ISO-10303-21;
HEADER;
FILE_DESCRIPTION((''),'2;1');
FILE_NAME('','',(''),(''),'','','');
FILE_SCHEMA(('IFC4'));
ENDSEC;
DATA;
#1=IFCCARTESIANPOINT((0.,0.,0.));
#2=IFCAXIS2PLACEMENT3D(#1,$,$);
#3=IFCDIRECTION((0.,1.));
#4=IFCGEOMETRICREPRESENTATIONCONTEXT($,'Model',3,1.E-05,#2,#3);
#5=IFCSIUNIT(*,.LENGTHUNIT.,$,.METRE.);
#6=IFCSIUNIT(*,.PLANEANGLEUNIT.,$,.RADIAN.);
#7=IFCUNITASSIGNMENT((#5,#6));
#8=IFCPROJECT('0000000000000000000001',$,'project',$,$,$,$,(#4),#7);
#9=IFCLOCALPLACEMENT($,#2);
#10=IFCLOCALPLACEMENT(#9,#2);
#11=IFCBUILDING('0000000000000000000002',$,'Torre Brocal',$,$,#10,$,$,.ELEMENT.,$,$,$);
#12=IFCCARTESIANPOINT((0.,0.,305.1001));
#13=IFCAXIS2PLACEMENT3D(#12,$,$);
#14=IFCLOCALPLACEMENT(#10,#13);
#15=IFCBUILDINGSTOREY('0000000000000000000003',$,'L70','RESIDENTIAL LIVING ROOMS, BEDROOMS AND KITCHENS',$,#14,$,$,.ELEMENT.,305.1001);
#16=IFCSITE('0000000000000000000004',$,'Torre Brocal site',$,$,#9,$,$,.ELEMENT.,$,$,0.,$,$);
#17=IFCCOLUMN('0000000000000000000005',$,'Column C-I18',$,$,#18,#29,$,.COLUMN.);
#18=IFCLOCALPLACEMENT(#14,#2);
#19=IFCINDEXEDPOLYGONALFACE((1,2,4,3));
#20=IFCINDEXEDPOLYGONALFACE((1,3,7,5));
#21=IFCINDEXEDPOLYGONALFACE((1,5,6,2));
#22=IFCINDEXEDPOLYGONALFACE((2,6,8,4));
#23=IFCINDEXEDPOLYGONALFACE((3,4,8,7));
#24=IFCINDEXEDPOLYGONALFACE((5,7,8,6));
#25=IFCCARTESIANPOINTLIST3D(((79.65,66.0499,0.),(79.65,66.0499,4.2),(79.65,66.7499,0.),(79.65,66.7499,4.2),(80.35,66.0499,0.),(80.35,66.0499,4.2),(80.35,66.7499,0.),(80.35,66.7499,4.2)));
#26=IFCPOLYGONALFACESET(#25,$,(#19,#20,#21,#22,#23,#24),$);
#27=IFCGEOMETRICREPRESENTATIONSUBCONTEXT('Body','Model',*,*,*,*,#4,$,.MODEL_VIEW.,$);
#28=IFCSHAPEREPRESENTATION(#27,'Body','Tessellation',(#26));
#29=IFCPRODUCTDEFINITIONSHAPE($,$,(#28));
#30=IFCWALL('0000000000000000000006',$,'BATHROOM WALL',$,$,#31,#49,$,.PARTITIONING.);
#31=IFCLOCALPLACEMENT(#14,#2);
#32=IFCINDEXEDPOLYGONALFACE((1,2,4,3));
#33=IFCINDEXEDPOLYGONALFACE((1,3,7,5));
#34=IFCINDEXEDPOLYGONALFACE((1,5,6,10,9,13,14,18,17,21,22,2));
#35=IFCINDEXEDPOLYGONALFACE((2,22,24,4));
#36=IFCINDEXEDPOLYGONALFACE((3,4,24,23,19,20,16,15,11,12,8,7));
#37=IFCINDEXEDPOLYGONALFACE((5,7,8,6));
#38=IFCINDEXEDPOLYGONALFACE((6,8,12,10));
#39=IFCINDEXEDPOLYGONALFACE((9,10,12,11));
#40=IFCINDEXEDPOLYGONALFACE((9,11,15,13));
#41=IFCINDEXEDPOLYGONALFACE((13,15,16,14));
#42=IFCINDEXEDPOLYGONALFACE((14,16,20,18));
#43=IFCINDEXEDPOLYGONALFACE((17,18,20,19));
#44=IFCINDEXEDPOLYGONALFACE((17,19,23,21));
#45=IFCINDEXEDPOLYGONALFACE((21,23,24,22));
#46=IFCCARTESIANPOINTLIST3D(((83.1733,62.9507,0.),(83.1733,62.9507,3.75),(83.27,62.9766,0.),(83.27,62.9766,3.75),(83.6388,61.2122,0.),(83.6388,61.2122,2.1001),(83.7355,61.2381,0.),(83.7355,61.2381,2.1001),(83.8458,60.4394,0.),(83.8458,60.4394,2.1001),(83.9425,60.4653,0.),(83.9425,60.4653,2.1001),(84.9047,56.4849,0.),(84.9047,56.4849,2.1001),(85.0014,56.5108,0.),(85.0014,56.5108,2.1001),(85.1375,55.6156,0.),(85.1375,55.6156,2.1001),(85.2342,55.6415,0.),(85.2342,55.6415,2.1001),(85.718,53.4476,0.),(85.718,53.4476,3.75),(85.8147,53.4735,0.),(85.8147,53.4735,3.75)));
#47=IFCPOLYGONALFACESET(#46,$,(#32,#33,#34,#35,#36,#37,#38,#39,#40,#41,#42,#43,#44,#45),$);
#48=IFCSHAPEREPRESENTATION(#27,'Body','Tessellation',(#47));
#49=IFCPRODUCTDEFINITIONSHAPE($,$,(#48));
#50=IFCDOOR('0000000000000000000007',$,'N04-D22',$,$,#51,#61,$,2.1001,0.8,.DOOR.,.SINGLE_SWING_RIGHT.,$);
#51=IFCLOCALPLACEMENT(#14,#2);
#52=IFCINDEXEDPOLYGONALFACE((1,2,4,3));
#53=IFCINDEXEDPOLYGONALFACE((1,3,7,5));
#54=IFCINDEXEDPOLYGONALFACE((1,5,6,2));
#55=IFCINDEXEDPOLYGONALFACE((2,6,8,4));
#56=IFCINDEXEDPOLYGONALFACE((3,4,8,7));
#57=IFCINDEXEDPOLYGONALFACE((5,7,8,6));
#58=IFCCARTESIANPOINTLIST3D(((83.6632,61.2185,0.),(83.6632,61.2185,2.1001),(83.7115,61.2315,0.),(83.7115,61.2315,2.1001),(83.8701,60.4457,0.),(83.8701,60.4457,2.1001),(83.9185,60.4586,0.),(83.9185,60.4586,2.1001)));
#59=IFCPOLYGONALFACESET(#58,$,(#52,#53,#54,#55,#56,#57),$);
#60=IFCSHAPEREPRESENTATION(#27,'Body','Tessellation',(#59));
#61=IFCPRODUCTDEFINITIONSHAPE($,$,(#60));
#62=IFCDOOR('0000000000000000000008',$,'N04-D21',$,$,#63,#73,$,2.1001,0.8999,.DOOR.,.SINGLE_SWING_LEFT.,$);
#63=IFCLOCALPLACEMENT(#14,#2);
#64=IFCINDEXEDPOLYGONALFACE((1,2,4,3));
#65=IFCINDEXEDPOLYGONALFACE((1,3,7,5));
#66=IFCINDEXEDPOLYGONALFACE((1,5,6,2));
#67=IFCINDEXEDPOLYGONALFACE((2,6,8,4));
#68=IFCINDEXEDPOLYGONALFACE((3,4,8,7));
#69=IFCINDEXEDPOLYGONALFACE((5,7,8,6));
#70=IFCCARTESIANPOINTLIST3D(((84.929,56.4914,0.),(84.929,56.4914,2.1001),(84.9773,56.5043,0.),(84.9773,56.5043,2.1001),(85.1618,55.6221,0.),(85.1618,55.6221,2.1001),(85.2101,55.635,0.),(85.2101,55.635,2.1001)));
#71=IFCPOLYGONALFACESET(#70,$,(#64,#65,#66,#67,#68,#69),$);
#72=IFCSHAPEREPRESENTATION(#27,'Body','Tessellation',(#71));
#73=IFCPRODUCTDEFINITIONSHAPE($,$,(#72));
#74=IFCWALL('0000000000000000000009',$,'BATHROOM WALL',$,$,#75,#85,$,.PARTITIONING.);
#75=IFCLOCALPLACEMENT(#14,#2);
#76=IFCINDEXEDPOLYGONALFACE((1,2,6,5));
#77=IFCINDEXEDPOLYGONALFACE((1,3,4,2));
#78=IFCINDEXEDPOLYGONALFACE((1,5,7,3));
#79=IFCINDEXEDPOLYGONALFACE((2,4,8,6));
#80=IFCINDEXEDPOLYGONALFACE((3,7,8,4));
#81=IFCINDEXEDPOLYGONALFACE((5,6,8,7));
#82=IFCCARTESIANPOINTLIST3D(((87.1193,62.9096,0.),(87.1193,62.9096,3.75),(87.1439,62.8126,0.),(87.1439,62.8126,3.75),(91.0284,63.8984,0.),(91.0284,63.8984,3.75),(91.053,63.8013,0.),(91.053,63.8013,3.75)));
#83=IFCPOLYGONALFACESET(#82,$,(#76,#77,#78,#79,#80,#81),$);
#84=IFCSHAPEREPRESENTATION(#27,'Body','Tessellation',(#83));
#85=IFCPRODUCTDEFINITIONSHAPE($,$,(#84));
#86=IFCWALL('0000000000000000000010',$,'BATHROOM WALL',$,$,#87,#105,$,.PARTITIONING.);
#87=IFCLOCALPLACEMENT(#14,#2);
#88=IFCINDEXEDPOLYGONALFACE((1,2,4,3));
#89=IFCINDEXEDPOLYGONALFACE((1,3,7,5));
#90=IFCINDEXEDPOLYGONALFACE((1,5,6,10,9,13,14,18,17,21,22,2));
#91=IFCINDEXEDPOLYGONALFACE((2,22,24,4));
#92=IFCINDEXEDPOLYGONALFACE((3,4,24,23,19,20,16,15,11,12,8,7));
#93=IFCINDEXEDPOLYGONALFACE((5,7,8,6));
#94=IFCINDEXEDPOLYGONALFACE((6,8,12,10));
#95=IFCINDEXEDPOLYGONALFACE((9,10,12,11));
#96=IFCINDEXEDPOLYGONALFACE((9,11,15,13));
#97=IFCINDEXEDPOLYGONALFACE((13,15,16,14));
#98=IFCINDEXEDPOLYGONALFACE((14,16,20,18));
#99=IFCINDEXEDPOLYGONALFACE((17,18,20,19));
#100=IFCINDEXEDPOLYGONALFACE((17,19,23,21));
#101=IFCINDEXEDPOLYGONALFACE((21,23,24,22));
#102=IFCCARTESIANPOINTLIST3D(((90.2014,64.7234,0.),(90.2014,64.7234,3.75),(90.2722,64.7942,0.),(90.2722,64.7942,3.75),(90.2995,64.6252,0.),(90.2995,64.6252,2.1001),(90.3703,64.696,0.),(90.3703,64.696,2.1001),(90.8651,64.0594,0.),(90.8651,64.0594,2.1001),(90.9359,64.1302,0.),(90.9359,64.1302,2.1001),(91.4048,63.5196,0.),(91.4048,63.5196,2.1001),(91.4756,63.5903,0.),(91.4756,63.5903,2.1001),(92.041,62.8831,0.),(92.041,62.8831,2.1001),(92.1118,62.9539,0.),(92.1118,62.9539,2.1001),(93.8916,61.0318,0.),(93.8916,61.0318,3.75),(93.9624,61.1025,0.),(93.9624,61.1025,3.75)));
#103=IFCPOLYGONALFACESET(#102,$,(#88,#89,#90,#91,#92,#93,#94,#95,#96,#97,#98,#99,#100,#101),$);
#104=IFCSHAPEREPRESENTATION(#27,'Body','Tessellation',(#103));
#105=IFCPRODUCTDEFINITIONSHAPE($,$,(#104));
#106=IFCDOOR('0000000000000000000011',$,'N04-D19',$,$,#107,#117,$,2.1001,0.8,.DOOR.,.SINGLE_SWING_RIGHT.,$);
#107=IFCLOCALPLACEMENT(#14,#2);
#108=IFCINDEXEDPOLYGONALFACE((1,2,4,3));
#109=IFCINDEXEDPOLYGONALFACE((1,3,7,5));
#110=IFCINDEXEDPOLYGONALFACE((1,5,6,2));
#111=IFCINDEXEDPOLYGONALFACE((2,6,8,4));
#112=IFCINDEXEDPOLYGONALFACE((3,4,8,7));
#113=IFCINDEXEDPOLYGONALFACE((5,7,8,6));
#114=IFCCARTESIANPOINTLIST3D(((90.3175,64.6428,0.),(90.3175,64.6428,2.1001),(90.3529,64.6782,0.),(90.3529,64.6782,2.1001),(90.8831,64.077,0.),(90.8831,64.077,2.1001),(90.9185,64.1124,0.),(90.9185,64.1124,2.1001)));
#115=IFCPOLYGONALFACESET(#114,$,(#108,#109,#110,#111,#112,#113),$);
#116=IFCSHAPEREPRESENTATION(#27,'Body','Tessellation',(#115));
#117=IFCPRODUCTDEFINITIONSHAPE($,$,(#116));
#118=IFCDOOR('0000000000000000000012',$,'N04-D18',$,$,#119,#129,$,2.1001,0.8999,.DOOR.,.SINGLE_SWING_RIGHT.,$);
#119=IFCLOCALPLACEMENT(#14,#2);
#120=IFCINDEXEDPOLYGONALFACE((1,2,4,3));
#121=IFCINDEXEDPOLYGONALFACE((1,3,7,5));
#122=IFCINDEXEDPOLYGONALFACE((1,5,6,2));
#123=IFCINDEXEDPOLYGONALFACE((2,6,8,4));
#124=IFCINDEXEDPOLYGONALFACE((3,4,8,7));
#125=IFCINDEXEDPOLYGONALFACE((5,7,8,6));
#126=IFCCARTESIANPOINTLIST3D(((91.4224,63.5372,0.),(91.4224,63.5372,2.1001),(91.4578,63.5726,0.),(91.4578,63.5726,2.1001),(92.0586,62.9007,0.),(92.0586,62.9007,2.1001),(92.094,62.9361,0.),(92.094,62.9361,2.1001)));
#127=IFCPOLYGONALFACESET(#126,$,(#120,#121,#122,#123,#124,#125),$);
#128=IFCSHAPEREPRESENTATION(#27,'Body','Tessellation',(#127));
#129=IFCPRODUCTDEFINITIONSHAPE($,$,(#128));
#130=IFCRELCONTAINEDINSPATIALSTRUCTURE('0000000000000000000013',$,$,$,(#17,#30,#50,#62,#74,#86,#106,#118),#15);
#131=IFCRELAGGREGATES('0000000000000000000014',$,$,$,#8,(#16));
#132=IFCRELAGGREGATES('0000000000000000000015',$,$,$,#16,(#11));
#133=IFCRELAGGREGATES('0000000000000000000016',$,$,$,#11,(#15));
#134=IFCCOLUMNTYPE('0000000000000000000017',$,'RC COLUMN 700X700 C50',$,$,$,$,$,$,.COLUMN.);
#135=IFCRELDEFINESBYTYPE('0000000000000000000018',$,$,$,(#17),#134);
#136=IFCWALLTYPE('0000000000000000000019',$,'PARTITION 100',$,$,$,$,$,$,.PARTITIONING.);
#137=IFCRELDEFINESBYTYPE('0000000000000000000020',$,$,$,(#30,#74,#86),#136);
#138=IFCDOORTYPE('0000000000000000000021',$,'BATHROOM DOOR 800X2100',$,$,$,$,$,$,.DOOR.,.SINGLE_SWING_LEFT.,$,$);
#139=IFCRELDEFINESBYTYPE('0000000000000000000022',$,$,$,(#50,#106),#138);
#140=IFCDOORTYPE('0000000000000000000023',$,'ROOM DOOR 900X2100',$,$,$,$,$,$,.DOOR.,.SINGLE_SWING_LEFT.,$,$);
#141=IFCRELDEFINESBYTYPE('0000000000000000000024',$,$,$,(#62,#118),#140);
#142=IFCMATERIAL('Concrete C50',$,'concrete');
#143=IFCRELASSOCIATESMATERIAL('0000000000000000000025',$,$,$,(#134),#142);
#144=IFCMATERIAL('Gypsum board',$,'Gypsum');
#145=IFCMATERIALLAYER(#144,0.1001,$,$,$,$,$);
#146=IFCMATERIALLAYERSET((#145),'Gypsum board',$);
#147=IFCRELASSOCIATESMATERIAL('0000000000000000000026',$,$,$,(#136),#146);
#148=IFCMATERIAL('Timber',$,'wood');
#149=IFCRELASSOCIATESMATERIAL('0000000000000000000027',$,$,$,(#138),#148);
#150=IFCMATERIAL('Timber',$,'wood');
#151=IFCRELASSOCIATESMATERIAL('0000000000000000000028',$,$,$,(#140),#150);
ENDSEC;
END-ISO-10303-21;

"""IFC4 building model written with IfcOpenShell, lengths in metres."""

from ifc_helpers import new_model, si_unit, direction, frame, frame_2d, origin, origin_2d, place, context, subcontext, project, spatial, rectangle, extrude, material, layer, layer_set, material_profile, profile_set, type_object, element, fill, save


model = new_model("IFC4")

# Units and contexts
model_context = context("Model", 3, precision=1e-05, world=origin(), true_north=direction((0.0, 1.0)))
body_context = subcontext(model_context, "Body", "Model", "MODEL_VIEW")
ifc_project = project(units=[si_unit("LENGTHUNIT", "METRE"), si_unit("PLANEANGLEUNIT", "RADIAN")], contexts=[model_context])

# Site, building, storey
site_placement = place(None, origin())
site = spatial("IfcSite", under=ifc_project, at=site_placement, Name="Torre Brocal site", CompositionType="ELEMENT", RefElevation=0.0)
building_placement = place(site_placement, origin())
building = spatial("IfcBuilding", under=site, at=building_placement, Name="Torre Brocal", CompositionType="ELEMENT")
storey_placement = place(building_placement, frame((0.0, 0.0, 305.1001)))
storey = spatial("IfcBuildingStorey", under=building, at=storey_placement, Name="L70", Description="RESIDENTIAL LIVING ROOMS, BEDROOMS AND KITCHENS", CompositionType="ELEMENT", Elevation=305.1001)

# Column
ifc_material_1 = material(Name="Concrete C50", Category="concrete")
ifc_material_profile = material_profile(ifc_material_1, rectangle(XDim=0.7, YDim=0.7, at=origin_2d()), Name="RC 700X700")
ifc_profile_set = profile_set([ifc_material_profile], Name="Concrete C50")
column_type = type_object("IfcColumnType", Name="RC COLUMN 700X700 C50", PredefinedType="COLUMN", material=ifc_profile_set)
column_placement = place(storey_placement, frame((80.0, 66.3999, 0.0), z_axis=(0.0, 0.0, 1.0), x_axis=(0.0, -1.0, 0.0)))
element("IfcColumn", 1, at=column_placement, inside=storey, type_object=column_type, Name="Column C-I18", PredefinedType="COLUMN", context=body_context, shape_type="SweptSolid", body=[
    extrude(rectangle(XDim=0.7, YDim=0.7, at=origin_2d()), origin(), (0.0, 0.0, 1.0), 4.2),
])

# Wall, openings, doors
ifc_material_2 = material(Name="Gypsum board", Category="Gypsum")
ifc_layer_1 = layer(ifc_material_2, 0.1001)
ifc_layer_set_1 = layer_set([ifc_layer_1], Name="Gypsum board")
wall_type_1 = type_object("IfcWallType", Name="PARTITION 100", PredefinedType="PARTITIONING", material=ifc_layer_set_1)
wall_1_placement = place(storey_placement, frame((83.2217, 62.9636, 0.0), z_axis=(0.0, 0.0, 1.0), x_axis=(0.258659, -0.965969, 0.0)))
wall_1 = element("IfcWall", 2, at=wall_1_placement, inside=storey, type_object=wall_type_1, Name="BATHROOM WALL", PredefinedType="PARTITIONING", context=body_context, shape_type="SweptSolid", body=[
    extrude(rectangle(XDim=9.8379, YDim=0.1001, at=frame_2d((4.9189, 0.0))), origin(), (0.0, 0.0, 1.0), 3.75),
])
opening_1_placement = place(wall_1_placement, frame((6.6936, 0.0, 0.0)))
opening_1 = element("IfcOpeningElement", 3, at=opening_1_placement, cuts=wall_1, PredefinedType="OPENING", context=body_context, shape_type="SweptSolid", body=[
    extrude(rectangle(XDim=0.8999, YDim=2.1001, at=frame_2d((0.45, 1.05))), frame((0.0, 0.0601, 0.0), z_axis=(0.0, -1.0, 0.0), x_axis=(1.0, 0.0, 0.0)), (0.0, 0.0, 1.0), 0.1201),
])
opening_2_placement = place(wall_1_placement, frame((1.7998, 0.0, 0.0)))
opening_2 = element("IfcOpeningElement", 4, at=opening_2_placement, cuts=wall_1, PredefinedType="OPENING", context=body_context, shape_type="SweptSolid", body=[
    extrude(rectangle(XDim=0.8, YDim=2.1001, at=frame_2d((0.3999, 1.05))), frame((0.0, 0.0601, 0.0), z_axis=(0.0, -1.0, 0.0), x_axis=(1.0, 0.0, 0.0)), (0.0, 0.0, 1.0), 0.1201),
])
ifc_material_3 = material(Name="Timber", Category="wood")
door_type_1 = type_object("IfcDoorType", Name="BATHROOM DOOR 800X2100", OperationType="SINGLE_SWING_LEFT", PredefinedType="DOOR", material=ifc_material_3)
door_1_placement = place(opening_2_placement, frame((0.8, 0.0, 0.0), z_axis=(0.0, 0.0, 1.0), x_axis=(-1.0, 0.0, 0.0)))
door_1 = element("IfcDoor", 5, at=door_1_placement, inside=storey, type_object=door_type_1, Name="N04-D22", OperationType="SINGLE_SWING_RIGHT", OverallHeight=2.1001, OverallWidth=0.8, PredefinedType="DOOR", context=body_context, shape_type="SweptSolid", body=[
    extrude(rectangle(XDim=0.8, YDim=2.1001, at=frame_2d((0.3999, 1.05))), frame((0.0, 0.0249, 0.0), z_axis=(0.0, -1.0, 0.0), x_axis=(1.0, 0.0, 0.0)), (0.0, 0.0, 1.0), 0.05),
])
fill(opening_2, door_1)
ifc_material_4 = material(Name="Timber", Category="wood")
door_type_2 = type_object("IfcDoorType", Name="ROOM DOOR 900X2100", OperationType="SINGLE_SWING_LEFT", PredefinedType="DOOR", material=ifc_material_4)
door_2_placement = place(opening_1_placement, frame((0.8999, 0.0, 0.0), z_axis=(0.0, 0.0, 1.0), x_axis=(-1.0, 0.0, 0.0)))
door_2 = element("IfcDoor", 6, at=door_2_placement, inside=storey, type_object=door_type_2, Name="N04-D21", OperationType="SINGLE_SWING_LEFT", OverallHeight=2.1001, OverallWidth=0.8999, PredefinedType="DOOR", context=body_context, shape_type="SweptSolid", body=[
    extrude(rectangle(XDim=0.8999, YDim=2.1001, at=frame_2d((0.45, 1.05))), frame((0.0, 0.0249, 0.0), z_axis=(0.0, -1.0, 0.0), x_axis=(1.0, 0.0, 0.0)), (0.0, 0.0, 1.0), 0.05),
])
fill(opening_1, door_2)

# Wall
wall_2_placement = place(storey_placement, frame((87.1316, 62.8611, 0.0), z_axis=(0.0, 0.0, 1.0), x_axis=(0.969469, 0.245213, 0.0)))
element("IfcWall", 7, at=wall_2_placement, inside=storey, type_object=wall_type_1, Name="BATHROOM WALL", PredefinedType="PARTITIONING", context=body_context, shape_type="SweptSolid", body=[
    extrude(rectangle(XDim=4.0322, YDim=0.1001, at=frame_2d((2.0161, 0.0))), origin(), (0.0, 0.0, 1.0), 3.75),
])

# Wall, openings, doors
wall_3_placement = place(storey_placement, frame((90.2368, 64.7588, 0.0), z_axis=(0.0, 0.0, 1.0), x_axis=(0.706966, -0.707247, 0.0)))
wall_3 = element("IfcWall", 8, at=wall_3_placement, inside=storey, type_object=wall_type_1, Name="BATHROOM WALL", PredefinedType="PARTITIONING", context=body_context, shape_type="SweptSolid", body=[
    extrude(rectangle(XDim=5.2197, YDim=0.1001, at=frame_2d((2.6099, 0.0))), origin(), (0.0, 0.0, 1.0), 3.75),
])
opening_3_placement = place(wall_3_placement, frame((1.7021, 0.0, 0.0)))
opening_3 = element("IfcOpeningElement", 9, at=opening_3_placement, cuts=wall_3, PredefinedType="OPENING", context=body_context, shape_type="SweptSolid", body=[
    extrude(rectangle(XDim=0.8999, YDim=2.1001, at=frame_2d((0.45, 1.05))), frame((0.0, 0.0601, 0.0), z_axis=(0.0, -1.0, 0.0), x_axis=(1.0, 0.0, 0.0)), (0.0, 0.0, 1.0), 0.1201),
])
opening_4_placement = place(wall_3_placement, frame((0.1389, 0.0, 0.0)))
opening_4 = element("IfcOpeningElement", 10, at=opening_4_placement, cuts=wall_3, PredefinedType="OPENING", context=body_context, shape_type="SweptSolid", body=[
    extrude(rectangle(XDim=0.8, YDim=2.1001, at=frame_2d((0.3999, 1.05))), frame((0.0, 0.0601, 0.0), z_axis=(0.0, -1.0, 0.0), x_axis=(1.0, 0.0, 0.0)), (0.0, 0.0, 1.0), 0.1201),
])
door_3_placement = place(opening_4_placement, frame((0.8, 0.0, 0.0), z_axis=(0.0, 0.0, 1.0), x_axis=(-1.0, 0.0, 0.0)))
door_3 = element("IfcDoor", 11, at=door_3_placement, inside=storey, type_object=door_type_1, Name="N04-D19", OperationType="SINGLE_SWING_RIGHT", OverallHeight=2.1001, OverallWidth=0.8, PredefinedType="DOOR", context=body_context, shape_type="SweptSolid", body=[
    extrude(rectangle(XDim=0.8, YDim=2.1001, at=frame_2d((0.3999, 1.05))), frame((0.0, 0.0249, 0.0), z_axis=(0.0, -1.0, 0.0), x_axis=(1.0, 0.0, 0.0)), (0.0, 0.0, 1.0), 0.05),
])
fill(opening_4, door_3)
door_4_placement = place(opening_3_placement, origin())
door_4 = element("IfcDoor", 12, at=door_4_placement, inside=storey, type_object=door_type_2, Name="N04-D18", OperationType="SINGLE_SWING_RIGHT", OverallHeight=2.1001, OverallWidth=0.8999, PredefinedType="DOOR", context=body_context, shape_type="SweptSolid", body=[
    extrude(rectangle(XDim=0.8999, YDim=2.1001, at=frame_2d((0.45, 1.05))), frame((0.0, 0.0249, 0.0), z_axis=(0.0, -1.0, 0.0), x_axis=(1.0, 0.0, 0.0)), (0.0, 0.0, 1.0), 0.05),
])
fill(opening_3, door_4)

save(model, "model.ifc")
